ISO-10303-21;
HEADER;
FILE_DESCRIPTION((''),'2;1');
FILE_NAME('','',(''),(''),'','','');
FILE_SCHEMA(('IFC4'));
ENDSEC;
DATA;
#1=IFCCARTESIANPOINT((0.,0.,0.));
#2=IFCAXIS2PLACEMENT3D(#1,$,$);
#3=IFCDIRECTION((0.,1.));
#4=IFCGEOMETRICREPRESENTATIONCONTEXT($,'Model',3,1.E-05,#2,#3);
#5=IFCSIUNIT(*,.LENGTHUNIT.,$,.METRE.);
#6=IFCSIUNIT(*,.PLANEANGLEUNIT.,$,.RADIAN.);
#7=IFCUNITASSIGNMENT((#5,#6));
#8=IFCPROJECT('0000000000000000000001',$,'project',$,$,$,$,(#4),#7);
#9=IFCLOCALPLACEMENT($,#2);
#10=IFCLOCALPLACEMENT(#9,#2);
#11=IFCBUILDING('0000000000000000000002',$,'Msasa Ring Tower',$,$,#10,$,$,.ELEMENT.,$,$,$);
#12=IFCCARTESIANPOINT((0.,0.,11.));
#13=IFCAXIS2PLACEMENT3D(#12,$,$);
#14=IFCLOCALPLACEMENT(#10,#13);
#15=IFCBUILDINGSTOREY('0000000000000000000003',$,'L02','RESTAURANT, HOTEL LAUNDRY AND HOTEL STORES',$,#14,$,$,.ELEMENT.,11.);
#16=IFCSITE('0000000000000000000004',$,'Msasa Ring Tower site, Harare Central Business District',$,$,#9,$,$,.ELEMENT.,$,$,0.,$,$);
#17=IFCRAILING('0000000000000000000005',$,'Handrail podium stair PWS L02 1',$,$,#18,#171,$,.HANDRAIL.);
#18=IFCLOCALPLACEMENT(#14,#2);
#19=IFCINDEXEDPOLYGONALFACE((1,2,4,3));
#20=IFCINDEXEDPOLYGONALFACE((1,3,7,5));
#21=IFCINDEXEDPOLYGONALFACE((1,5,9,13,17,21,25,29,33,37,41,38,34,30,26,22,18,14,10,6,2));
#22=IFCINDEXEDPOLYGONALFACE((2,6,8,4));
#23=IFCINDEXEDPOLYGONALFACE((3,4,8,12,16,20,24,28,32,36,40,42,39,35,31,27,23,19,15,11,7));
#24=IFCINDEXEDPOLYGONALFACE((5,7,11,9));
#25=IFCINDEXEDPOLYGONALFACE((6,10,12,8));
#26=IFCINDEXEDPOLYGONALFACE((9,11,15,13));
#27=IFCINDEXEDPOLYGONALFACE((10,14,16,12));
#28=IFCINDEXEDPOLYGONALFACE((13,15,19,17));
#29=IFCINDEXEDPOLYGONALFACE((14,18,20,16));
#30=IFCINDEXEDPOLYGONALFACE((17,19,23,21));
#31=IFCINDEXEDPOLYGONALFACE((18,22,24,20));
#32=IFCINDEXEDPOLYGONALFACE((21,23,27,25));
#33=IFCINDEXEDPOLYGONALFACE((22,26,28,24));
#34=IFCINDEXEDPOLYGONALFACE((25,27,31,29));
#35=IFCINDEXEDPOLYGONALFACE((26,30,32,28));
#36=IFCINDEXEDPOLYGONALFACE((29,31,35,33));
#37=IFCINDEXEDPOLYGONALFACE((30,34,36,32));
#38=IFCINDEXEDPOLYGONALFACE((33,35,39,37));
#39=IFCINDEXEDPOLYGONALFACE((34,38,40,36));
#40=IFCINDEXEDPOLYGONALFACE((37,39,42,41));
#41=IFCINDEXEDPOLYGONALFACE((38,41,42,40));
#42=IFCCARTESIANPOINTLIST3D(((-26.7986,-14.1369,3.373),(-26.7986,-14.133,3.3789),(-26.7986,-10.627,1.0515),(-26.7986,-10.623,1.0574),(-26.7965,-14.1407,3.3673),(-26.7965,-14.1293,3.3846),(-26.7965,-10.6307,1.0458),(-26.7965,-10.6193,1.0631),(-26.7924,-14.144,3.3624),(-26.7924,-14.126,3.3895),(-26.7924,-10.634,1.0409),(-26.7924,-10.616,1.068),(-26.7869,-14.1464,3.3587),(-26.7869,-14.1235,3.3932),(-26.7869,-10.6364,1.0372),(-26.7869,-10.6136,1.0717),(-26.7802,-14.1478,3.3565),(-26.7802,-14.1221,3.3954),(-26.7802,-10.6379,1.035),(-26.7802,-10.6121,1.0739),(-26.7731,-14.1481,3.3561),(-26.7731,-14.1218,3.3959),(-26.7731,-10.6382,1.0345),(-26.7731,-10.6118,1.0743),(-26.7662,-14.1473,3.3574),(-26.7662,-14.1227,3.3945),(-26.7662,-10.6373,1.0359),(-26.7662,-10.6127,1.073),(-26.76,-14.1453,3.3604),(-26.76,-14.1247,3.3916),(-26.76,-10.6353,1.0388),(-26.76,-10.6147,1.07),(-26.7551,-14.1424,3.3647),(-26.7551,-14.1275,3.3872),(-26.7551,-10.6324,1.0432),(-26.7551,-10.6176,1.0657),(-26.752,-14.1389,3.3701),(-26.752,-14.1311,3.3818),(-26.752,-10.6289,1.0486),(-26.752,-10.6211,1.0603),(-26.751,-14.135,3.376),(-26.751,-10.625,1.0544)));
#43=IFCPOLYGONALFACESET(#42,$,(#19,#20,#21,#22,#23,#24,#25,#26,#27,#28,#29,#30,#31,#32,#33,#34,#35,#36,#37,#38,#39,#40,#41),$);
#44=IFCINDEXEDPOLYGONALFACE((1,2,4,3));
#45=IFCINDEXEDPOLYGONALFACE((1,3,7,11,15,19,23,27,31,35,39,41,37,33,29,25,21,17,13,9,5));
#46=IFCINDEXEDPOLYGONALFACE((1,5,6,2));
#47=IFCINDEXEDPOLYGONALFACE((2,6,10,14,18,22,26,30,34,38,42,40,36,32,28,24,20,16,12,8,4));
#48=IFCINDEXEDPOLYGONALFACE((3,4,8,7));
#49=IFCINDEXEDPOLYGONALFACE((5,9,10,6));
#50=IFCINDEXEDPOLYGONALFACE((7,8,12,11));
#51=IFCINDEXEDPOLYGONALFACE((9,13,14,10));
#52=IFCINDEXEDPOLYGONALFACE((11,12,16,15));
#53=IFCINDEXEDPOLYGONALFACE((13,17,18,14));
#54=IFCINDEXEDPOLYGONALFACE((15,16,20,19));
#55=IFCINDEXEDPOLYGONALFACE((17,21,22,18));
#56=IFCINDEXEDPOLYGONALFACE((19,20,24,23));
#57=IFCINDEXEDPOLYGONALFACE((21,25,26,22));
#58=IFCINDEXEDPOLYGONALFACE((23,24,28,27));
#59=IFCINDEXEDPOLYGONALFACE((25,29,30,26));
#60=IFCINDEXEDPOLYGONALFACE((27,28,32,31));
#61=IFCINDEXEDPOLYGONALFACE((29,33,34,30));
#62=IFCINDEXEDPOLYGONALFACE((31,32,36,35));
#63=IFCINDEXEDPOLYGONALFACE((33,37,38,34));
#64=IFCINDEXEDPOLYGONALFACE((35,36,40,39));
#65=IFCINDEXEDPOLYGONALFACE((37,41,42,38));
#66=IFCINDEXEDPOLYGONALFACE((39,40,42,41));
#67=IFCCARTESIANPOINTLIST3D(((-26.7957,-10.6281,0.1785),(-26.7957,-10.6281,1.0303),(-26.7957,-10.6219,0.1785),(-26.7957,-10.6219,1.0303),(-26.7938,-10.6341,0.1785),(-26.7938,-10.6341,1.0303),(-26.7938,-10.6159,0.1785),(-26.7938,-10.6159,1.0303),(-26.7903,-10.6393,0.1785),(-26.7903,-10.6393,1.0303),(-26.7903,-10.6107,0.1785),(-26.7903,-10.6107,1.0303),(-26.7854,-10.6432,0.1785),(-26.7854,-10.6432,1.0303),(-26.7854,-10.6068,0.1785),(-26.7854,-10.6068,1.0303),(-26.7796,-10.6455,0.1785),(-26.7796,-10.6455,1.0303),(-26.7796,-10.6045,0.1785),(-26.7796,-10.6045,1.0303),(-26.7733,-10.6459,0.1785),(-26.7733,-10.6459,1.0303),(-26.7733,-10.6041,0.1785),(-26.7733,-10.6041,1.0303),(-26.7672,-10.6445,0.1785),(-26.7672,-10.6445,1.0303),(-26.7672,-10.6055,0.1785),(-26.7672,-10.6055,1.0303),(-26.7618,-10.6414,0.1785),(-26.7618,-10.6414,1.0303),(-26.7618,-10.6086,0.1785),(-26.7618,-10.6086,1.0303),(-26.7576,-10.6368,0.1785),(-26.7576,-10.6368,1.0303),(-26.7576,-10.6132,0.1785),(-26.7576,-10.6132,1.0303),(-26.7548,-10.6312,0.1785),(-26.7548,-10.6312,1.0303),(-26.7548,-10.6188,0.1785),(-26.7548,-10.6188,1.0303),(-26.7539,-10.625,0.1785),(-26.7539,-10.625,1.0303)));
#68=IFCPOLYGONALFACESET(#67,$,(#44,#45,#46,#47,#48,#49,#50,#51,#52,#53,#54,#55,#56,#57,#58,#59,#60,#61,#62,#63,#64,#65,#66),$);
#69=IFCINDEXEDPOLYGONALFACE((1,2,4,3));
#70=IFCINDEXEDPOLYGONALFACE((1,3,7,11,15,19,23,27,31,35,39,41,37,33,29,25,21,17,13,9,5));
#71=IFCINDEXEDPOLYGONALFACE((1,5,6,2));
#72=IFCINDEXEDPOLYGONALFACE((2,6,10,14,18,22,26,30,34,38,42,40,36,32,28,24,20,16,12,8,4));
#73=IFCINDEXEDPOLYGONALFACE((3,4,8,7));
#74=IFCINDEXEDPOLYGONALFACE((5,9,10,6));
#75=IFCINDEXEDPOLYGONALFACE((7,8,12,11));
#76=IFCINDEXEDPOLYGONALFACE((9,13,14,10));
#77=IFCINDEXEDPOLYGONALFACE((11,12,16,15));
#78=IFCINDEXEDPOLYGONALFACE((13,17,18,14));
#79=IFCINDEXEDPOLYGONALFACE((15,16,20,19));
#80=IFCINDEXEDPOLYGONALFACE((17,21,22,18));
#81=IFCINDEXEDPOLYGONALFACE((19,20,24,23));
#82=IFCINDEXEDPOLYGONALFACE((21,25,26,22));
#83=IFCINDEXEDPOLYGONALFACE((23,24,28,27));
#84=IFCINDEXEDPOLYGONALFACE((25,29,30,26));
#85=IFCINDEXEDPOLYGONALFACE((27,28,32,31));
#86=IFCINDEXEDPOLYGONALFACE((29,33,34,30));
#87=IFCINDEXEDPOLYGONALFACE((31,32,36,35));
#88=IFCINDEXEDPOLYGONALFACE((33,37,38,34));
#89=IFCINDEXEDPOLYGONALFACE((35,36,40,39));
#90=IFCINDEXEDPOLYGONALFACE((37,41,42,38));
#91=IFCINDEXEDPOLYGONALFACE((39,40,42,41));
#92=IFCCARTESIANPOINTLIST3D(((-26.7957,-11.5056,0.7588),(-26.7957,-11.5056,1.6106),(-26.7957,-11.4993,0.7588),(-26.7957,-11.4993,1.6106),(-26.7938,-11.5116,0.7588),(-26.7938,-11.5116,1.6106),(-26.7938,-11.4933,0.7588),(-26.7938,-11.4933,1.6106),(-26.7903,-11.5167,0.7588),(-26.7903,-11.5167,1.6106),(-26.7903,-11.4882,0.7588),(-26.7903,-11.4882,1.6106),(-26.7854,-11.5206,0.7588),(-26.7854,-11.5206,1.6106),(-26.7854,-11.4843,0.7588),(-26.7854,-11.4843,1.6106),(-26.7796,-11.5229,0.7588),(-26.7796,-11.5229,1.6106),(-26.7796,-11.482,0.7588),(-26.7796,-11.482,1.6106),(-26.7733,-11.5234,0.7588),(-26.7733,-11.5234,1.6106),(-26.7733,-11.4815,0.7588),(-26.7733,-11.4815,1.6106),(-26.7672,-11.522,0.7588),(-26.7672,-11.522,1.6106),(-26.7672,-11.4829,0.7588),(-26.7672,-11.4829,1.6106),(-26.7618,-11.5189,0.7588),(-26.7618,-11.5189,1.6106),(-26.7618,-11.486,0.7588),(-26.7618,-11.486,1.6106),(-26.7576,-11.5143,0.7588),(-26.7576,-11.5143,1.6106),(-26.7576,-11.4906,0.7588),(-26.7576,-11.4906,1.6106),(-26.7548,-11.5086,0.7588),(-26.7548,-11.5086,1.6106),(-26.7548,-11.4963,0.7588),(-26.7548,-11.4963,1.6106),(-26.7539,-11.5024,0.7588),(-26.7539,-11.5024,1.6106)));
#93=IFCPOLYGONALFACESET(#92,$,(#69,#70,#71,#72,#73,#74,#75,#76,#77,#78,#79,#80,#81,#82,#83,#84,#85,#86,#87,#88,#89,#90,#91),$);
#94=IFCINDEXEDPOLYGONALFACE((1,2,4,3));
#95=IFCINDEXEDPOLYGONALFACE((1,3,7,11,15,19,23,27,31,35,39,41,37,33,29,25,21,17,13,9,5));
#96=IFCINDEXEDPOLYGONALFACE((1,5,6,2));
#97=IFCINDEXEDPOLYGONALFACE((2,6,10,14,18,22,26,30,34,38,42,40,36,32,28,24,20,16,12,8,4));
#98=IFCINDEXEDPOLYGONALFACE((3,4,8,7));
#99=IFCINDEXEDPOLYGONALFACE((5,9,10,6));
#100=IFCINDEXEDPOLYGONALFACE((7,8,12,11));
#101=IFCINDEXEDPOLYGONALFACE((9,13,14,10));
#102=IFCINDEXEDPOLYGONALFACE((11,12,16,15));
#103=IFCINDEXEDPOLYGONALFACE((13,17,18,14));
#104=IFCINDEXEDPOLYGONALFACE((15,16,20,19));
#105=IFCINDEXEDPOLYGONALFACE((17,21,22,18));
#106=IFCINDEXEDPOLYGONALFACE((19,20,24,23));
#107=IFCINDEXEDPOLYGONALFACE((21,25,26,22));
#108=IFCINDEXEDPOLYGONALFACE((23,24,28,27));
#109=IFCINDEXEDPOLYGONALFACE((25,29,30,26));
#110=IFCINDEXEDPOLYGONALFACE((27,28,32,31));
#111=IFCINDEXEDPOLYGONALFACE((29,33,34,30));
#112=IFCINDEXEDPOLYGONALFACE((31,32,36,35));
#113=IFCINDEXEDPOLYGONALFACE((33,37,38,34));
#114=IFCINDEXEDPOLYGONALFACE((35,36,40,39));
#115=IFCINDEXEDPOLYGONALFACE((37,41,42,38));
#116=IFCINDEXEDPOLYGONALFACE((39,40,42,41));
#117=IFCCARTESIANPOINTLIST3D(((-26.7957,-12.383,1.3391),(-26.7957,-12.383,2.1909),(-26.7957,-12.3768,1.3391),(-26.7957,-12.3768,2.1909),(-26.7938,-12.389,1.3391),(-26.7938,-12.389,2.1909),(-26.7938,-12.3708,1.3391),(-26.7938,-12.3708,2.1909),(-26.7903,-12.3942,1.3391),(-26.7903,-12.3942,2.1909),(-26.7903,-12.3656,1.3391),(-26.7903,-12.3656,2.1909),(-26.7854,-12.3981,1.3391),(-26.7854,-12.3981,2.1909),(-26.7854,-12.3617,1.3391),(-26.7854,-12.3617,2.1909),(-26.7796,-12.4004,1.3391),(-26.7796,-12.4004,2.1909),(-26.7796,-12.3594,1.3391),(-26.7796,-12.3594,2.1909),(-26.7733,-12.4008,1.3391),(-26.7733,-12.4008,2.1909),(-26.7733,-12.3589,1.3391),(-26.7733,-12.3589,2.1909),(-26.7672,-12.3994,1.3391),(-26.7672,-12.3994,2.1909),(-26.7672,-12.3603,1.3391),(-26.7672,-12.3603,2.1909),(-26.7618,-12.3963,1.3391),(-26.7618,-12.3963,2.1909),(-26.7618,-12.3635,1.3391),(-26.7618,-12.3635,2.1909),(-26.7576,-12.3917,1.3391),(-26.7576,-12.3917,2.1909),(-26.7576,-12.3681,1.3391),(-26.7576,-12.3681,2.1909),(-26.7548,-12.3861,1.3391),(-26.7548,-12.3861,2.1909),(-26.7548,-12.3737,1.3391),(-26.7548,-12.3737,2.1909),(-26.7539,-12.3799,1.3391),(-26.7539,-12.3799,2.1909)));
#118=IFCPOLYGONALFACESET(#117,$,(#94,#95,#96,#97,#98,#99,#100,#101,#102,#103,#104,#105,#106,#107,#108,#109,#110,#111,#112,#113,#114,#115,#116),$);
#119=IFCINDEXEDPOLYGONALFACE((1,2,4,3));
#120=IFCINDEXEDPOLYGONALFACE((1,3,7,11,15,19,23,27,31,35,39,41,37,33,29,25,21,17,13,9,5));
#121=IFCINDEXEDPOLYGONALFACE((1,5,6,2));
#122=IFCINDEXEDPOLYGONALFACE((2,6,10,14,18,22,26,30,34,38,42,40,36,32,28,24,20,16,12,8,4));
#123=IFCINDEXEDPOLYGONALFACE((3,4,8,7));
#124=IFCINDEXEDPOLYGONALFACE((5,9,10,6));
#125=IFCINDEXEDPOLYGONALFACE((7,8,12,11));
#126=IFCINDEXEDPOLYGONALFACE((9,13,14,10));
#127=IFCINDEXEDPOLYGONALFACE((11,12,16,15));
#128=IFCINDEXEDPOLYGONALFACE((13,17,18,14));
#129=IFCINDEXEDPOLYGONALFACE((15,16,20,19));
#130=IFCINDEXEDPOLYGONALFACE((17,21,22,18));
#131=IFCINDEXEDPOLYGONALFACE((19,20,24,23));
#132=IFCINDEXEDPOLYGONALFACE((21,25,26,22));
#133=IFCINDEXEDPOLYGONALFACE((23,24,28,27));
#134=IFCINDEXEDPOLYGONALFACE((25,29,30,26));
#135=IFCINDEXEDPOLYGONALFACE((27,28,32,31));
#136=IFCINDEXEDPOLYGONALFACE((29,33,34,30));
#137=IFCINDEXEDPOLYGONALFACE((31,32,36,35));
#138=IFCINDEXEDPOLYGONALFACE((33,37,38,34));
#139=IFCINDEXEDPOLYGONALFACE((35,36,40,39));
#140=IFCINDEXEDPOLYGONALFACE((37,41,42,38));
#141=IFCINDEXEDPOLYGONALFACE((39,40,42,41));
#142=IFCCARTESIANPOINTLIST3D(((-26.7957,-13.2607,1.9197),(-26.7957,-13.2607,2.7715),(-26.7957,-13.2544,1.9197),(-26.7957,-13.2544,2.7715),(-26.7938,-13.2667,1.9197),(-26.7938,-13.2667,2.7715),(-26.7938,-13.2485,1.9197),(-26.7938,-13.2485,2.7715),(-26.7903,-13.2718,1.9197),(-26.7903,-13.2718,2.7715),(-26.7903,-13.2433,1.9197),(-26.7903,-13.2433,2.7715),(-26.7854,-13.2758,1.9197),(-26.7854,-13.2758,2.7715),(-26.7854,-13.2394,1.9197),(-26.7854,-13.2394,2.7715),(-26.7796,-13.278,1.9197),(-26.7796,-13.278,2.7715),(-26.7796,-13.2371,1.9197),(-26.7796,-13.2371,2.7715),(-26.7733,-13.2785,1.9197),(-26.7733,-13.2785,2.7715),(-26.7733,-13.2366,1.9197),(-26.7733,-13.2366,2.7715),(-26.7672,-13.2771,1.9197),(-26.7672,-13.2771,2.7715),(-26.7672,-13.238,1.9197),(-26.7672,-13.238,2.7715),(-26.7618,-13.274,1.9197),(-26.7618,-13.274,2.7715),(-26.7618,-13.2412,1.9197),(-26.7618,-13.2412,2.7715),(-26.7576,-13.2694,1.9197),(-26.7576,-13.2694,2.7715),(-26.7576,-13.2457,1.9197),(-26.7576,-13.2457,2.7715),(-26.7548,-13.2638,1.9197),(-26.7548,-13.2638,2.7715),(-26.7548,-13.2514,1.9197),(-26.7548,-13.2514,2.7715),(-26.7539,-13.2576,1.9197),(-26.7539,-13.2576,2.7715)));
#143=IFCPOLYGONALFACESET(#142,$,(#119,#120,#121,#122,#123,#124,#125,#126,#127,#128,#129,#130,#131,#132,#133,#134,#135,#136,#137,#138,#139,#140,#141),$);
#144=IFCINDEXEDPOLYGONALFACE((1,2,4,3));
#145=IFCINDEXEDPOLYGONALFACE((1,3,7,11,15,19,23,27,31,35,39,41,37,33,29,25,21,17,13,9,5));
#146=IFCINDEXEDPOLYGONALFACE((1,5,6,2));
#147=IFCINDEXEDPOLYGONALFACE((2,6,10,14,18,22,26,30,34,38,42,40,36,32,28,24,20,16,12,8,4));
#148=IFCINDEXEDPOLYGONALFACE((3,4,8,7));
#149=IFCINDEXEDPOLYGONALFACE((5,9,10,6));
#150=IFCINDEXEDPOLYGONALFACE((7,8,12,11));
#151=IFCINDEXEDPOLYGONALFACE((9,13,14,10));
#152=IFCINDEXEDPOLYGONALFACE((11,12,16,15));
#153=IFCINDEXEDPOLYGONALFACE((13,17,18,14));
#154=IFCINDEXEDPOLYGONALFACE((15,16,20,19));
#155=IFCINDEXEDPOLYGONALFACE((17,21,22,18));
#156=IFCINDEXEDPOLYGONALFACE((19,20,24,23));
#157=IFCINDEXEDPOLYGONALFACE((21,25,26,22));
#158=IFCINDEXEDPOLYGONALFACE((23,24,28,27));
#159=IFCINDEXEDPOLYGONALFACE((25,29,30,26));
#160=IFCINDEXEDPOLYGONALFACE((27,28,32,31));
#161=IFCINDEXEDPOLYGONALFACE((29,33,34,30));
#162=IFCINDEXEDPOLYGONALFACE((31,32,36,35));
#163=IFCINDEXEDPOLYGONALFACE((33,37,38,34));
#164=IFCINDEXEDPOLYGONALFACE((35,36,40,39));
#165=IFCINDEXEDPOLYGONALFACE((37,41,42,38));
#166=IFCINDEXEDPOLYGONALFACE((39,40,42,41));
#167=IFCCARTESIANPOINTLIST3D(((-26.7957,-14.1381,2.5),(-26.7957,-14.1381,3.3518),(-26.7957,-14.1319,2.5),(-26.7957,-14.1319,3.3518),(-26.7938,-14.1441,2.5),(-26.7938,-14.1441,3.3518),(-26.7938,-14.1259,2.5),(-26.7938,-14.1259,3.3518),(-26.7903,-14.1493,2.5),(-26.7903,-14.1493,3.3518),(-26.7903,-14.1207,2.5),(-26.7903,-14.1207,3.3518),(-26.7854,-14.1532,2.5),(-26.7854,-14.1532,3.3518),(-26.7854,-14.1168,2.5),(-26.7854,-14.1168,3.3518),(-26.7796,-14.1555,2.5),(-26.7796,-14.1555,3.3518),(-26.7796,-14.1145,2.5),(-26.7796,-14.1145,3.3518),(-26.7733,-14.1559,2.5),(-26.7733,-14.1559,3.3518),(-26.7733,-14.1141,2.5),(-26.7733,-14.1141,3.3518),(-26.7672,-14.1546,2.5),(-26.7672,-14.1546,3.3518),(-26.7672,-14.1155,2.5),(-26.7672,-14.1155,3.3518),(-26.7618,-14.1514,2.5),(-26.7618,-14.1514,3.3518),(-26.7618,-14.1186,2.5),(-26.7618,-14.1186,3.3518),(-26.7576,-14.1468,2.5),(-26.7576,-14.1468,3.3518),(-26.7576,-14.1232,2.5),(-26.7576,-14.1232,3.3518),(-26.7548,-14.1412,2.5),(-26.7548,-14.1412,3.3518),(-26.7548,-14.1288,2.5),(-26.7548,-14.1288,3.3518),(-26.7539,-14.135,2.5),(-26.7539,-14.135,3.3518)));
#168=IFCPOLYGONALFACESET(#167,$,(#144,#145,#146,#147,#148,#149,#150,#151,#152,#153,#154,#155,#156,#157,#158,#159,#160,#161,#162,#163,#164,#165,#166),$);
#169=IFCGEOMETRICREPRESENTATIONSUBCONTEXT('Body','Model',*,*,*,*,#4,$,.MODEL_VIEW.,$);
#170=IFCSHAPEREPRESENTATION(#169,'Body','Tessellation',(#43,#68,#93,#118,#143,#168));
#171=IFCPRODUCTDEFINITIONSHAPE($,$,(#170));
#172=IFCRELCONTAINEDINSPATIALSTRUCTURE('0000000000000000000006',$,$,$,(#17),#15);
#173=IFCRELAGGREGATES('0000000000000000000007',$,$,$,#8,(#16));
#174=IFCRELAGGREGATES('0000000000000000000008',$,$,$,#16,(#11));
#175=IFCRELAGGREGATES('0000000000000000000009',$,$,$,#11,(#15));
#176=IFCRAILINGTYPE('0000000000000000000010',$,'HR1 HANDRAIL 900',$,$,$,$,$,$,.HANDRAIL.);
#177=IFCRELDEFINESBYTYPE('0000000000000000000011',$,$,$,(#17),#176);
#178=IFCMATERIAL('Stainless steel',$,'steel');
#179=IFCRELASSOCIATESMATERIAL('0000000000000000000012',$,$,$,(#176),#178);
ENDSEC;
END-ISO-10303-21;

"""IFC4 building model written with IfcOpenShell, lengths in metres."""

from ifc_helpers import new_model, si_unit, direction, frame, origin, origin_2d, place, context, subcontext, project, spatial, circle, extrude, material, type_object, element, save


model = new_model("IFC4")

# Units and contexts
model_context = context("Model", 3, precision=1e-05, world=origin(), true_north=direction((0.0, 1.0)))
body_context = subcontext(model_context, "Body", "Model", "MODEL_VIEW")
ifc_project = project(units=[si_unit("LENGTHUNIT", "METRE"), si_unit("PLANEANGLEUNIT", "RADIAN")], contexts=[model_context])

# Site, building, storey
site_placement = place(None, origin())
site = spatial("IfcSite", under=ifc_project, at=site_placement, Name="Msasa Ring Tower site, Harare Central Business District", CompositionType="ELEMENT", RefElevation=0.0)
building_placement = place(site_placement, origin())
building = spatial("IfcBuilding", under=site, at=building_placement, Name="Msasa Ring Tower", CompositionType="ELEMENT")
storey_placement = place(building_placement, frame((0.0, 0.0, 11.0)))
storey = spatial("IfcBuildingStorey", under=building, at=storey_placement, Name="L02", Description="RESTAURANT, HOTEL LAUNDRY AND HOTEL STORES", CompositionType="ELEMENT", Elevation=11.0)

# Railing
ifc_material_1 = material(Name="Stainless steel", Category="steel")
railing_type = type_object("IfcRailingType", Name="HR1 HANDRAIL 900", PredefinedType="HANDRAIL", material=ifc_material_1)
for number, where, name in (
    (1, (-26.7749, -10.625, 0.1785), "Handrail podium stair PWS L02 1"),
):
    element("IfcRailing", number, at=place(storey_placement, frame(where)), inside=storey, type_object=railing_type, Name=name, PredefinedType="HANDRAIL", context=body_context, shape_type="SweptSolid", body=[
        extrude(circle(Radius=0.0239, at=origin_2d()), frame((0.0, 0.0, 0.876), z_axis=(0.0, -0.834071, 0.551657), x_axis=(1.0, 0.0, 0.0)), (0.0, 0.0, 1.0), 4.2083),
        extrude(circle(Radius=0.021, at=origin_2d()), origin(), (0.0, 0.0, 1.0), 0.8518),
        extrude(circle(Radius=0.021, at=origin_2d()), frame((0.0, -0.8774, 0.5803)), (0.0, 0.0, 1.0), 0.8518),
        extrude(circle(Radius=0.021, at=origin_2d()), frame((0.0, -1.7549, 1.1606)), (0.0, 0.0, 1.0), 0.8518),
        extrude(circle(Radius=0.021, at=origin_2d()), frame((0.0, -2.6326, 1.7412)), (0.0, 0.0, 1.0), 0.8518),
        extrude(circle(Radius=0.021, at=origin_2d()), frame((0.0, -3.51, 2.3215)), (0.0, 0.0, 1.0), 0.8518),
    ])

save(model, "model.ifc")
